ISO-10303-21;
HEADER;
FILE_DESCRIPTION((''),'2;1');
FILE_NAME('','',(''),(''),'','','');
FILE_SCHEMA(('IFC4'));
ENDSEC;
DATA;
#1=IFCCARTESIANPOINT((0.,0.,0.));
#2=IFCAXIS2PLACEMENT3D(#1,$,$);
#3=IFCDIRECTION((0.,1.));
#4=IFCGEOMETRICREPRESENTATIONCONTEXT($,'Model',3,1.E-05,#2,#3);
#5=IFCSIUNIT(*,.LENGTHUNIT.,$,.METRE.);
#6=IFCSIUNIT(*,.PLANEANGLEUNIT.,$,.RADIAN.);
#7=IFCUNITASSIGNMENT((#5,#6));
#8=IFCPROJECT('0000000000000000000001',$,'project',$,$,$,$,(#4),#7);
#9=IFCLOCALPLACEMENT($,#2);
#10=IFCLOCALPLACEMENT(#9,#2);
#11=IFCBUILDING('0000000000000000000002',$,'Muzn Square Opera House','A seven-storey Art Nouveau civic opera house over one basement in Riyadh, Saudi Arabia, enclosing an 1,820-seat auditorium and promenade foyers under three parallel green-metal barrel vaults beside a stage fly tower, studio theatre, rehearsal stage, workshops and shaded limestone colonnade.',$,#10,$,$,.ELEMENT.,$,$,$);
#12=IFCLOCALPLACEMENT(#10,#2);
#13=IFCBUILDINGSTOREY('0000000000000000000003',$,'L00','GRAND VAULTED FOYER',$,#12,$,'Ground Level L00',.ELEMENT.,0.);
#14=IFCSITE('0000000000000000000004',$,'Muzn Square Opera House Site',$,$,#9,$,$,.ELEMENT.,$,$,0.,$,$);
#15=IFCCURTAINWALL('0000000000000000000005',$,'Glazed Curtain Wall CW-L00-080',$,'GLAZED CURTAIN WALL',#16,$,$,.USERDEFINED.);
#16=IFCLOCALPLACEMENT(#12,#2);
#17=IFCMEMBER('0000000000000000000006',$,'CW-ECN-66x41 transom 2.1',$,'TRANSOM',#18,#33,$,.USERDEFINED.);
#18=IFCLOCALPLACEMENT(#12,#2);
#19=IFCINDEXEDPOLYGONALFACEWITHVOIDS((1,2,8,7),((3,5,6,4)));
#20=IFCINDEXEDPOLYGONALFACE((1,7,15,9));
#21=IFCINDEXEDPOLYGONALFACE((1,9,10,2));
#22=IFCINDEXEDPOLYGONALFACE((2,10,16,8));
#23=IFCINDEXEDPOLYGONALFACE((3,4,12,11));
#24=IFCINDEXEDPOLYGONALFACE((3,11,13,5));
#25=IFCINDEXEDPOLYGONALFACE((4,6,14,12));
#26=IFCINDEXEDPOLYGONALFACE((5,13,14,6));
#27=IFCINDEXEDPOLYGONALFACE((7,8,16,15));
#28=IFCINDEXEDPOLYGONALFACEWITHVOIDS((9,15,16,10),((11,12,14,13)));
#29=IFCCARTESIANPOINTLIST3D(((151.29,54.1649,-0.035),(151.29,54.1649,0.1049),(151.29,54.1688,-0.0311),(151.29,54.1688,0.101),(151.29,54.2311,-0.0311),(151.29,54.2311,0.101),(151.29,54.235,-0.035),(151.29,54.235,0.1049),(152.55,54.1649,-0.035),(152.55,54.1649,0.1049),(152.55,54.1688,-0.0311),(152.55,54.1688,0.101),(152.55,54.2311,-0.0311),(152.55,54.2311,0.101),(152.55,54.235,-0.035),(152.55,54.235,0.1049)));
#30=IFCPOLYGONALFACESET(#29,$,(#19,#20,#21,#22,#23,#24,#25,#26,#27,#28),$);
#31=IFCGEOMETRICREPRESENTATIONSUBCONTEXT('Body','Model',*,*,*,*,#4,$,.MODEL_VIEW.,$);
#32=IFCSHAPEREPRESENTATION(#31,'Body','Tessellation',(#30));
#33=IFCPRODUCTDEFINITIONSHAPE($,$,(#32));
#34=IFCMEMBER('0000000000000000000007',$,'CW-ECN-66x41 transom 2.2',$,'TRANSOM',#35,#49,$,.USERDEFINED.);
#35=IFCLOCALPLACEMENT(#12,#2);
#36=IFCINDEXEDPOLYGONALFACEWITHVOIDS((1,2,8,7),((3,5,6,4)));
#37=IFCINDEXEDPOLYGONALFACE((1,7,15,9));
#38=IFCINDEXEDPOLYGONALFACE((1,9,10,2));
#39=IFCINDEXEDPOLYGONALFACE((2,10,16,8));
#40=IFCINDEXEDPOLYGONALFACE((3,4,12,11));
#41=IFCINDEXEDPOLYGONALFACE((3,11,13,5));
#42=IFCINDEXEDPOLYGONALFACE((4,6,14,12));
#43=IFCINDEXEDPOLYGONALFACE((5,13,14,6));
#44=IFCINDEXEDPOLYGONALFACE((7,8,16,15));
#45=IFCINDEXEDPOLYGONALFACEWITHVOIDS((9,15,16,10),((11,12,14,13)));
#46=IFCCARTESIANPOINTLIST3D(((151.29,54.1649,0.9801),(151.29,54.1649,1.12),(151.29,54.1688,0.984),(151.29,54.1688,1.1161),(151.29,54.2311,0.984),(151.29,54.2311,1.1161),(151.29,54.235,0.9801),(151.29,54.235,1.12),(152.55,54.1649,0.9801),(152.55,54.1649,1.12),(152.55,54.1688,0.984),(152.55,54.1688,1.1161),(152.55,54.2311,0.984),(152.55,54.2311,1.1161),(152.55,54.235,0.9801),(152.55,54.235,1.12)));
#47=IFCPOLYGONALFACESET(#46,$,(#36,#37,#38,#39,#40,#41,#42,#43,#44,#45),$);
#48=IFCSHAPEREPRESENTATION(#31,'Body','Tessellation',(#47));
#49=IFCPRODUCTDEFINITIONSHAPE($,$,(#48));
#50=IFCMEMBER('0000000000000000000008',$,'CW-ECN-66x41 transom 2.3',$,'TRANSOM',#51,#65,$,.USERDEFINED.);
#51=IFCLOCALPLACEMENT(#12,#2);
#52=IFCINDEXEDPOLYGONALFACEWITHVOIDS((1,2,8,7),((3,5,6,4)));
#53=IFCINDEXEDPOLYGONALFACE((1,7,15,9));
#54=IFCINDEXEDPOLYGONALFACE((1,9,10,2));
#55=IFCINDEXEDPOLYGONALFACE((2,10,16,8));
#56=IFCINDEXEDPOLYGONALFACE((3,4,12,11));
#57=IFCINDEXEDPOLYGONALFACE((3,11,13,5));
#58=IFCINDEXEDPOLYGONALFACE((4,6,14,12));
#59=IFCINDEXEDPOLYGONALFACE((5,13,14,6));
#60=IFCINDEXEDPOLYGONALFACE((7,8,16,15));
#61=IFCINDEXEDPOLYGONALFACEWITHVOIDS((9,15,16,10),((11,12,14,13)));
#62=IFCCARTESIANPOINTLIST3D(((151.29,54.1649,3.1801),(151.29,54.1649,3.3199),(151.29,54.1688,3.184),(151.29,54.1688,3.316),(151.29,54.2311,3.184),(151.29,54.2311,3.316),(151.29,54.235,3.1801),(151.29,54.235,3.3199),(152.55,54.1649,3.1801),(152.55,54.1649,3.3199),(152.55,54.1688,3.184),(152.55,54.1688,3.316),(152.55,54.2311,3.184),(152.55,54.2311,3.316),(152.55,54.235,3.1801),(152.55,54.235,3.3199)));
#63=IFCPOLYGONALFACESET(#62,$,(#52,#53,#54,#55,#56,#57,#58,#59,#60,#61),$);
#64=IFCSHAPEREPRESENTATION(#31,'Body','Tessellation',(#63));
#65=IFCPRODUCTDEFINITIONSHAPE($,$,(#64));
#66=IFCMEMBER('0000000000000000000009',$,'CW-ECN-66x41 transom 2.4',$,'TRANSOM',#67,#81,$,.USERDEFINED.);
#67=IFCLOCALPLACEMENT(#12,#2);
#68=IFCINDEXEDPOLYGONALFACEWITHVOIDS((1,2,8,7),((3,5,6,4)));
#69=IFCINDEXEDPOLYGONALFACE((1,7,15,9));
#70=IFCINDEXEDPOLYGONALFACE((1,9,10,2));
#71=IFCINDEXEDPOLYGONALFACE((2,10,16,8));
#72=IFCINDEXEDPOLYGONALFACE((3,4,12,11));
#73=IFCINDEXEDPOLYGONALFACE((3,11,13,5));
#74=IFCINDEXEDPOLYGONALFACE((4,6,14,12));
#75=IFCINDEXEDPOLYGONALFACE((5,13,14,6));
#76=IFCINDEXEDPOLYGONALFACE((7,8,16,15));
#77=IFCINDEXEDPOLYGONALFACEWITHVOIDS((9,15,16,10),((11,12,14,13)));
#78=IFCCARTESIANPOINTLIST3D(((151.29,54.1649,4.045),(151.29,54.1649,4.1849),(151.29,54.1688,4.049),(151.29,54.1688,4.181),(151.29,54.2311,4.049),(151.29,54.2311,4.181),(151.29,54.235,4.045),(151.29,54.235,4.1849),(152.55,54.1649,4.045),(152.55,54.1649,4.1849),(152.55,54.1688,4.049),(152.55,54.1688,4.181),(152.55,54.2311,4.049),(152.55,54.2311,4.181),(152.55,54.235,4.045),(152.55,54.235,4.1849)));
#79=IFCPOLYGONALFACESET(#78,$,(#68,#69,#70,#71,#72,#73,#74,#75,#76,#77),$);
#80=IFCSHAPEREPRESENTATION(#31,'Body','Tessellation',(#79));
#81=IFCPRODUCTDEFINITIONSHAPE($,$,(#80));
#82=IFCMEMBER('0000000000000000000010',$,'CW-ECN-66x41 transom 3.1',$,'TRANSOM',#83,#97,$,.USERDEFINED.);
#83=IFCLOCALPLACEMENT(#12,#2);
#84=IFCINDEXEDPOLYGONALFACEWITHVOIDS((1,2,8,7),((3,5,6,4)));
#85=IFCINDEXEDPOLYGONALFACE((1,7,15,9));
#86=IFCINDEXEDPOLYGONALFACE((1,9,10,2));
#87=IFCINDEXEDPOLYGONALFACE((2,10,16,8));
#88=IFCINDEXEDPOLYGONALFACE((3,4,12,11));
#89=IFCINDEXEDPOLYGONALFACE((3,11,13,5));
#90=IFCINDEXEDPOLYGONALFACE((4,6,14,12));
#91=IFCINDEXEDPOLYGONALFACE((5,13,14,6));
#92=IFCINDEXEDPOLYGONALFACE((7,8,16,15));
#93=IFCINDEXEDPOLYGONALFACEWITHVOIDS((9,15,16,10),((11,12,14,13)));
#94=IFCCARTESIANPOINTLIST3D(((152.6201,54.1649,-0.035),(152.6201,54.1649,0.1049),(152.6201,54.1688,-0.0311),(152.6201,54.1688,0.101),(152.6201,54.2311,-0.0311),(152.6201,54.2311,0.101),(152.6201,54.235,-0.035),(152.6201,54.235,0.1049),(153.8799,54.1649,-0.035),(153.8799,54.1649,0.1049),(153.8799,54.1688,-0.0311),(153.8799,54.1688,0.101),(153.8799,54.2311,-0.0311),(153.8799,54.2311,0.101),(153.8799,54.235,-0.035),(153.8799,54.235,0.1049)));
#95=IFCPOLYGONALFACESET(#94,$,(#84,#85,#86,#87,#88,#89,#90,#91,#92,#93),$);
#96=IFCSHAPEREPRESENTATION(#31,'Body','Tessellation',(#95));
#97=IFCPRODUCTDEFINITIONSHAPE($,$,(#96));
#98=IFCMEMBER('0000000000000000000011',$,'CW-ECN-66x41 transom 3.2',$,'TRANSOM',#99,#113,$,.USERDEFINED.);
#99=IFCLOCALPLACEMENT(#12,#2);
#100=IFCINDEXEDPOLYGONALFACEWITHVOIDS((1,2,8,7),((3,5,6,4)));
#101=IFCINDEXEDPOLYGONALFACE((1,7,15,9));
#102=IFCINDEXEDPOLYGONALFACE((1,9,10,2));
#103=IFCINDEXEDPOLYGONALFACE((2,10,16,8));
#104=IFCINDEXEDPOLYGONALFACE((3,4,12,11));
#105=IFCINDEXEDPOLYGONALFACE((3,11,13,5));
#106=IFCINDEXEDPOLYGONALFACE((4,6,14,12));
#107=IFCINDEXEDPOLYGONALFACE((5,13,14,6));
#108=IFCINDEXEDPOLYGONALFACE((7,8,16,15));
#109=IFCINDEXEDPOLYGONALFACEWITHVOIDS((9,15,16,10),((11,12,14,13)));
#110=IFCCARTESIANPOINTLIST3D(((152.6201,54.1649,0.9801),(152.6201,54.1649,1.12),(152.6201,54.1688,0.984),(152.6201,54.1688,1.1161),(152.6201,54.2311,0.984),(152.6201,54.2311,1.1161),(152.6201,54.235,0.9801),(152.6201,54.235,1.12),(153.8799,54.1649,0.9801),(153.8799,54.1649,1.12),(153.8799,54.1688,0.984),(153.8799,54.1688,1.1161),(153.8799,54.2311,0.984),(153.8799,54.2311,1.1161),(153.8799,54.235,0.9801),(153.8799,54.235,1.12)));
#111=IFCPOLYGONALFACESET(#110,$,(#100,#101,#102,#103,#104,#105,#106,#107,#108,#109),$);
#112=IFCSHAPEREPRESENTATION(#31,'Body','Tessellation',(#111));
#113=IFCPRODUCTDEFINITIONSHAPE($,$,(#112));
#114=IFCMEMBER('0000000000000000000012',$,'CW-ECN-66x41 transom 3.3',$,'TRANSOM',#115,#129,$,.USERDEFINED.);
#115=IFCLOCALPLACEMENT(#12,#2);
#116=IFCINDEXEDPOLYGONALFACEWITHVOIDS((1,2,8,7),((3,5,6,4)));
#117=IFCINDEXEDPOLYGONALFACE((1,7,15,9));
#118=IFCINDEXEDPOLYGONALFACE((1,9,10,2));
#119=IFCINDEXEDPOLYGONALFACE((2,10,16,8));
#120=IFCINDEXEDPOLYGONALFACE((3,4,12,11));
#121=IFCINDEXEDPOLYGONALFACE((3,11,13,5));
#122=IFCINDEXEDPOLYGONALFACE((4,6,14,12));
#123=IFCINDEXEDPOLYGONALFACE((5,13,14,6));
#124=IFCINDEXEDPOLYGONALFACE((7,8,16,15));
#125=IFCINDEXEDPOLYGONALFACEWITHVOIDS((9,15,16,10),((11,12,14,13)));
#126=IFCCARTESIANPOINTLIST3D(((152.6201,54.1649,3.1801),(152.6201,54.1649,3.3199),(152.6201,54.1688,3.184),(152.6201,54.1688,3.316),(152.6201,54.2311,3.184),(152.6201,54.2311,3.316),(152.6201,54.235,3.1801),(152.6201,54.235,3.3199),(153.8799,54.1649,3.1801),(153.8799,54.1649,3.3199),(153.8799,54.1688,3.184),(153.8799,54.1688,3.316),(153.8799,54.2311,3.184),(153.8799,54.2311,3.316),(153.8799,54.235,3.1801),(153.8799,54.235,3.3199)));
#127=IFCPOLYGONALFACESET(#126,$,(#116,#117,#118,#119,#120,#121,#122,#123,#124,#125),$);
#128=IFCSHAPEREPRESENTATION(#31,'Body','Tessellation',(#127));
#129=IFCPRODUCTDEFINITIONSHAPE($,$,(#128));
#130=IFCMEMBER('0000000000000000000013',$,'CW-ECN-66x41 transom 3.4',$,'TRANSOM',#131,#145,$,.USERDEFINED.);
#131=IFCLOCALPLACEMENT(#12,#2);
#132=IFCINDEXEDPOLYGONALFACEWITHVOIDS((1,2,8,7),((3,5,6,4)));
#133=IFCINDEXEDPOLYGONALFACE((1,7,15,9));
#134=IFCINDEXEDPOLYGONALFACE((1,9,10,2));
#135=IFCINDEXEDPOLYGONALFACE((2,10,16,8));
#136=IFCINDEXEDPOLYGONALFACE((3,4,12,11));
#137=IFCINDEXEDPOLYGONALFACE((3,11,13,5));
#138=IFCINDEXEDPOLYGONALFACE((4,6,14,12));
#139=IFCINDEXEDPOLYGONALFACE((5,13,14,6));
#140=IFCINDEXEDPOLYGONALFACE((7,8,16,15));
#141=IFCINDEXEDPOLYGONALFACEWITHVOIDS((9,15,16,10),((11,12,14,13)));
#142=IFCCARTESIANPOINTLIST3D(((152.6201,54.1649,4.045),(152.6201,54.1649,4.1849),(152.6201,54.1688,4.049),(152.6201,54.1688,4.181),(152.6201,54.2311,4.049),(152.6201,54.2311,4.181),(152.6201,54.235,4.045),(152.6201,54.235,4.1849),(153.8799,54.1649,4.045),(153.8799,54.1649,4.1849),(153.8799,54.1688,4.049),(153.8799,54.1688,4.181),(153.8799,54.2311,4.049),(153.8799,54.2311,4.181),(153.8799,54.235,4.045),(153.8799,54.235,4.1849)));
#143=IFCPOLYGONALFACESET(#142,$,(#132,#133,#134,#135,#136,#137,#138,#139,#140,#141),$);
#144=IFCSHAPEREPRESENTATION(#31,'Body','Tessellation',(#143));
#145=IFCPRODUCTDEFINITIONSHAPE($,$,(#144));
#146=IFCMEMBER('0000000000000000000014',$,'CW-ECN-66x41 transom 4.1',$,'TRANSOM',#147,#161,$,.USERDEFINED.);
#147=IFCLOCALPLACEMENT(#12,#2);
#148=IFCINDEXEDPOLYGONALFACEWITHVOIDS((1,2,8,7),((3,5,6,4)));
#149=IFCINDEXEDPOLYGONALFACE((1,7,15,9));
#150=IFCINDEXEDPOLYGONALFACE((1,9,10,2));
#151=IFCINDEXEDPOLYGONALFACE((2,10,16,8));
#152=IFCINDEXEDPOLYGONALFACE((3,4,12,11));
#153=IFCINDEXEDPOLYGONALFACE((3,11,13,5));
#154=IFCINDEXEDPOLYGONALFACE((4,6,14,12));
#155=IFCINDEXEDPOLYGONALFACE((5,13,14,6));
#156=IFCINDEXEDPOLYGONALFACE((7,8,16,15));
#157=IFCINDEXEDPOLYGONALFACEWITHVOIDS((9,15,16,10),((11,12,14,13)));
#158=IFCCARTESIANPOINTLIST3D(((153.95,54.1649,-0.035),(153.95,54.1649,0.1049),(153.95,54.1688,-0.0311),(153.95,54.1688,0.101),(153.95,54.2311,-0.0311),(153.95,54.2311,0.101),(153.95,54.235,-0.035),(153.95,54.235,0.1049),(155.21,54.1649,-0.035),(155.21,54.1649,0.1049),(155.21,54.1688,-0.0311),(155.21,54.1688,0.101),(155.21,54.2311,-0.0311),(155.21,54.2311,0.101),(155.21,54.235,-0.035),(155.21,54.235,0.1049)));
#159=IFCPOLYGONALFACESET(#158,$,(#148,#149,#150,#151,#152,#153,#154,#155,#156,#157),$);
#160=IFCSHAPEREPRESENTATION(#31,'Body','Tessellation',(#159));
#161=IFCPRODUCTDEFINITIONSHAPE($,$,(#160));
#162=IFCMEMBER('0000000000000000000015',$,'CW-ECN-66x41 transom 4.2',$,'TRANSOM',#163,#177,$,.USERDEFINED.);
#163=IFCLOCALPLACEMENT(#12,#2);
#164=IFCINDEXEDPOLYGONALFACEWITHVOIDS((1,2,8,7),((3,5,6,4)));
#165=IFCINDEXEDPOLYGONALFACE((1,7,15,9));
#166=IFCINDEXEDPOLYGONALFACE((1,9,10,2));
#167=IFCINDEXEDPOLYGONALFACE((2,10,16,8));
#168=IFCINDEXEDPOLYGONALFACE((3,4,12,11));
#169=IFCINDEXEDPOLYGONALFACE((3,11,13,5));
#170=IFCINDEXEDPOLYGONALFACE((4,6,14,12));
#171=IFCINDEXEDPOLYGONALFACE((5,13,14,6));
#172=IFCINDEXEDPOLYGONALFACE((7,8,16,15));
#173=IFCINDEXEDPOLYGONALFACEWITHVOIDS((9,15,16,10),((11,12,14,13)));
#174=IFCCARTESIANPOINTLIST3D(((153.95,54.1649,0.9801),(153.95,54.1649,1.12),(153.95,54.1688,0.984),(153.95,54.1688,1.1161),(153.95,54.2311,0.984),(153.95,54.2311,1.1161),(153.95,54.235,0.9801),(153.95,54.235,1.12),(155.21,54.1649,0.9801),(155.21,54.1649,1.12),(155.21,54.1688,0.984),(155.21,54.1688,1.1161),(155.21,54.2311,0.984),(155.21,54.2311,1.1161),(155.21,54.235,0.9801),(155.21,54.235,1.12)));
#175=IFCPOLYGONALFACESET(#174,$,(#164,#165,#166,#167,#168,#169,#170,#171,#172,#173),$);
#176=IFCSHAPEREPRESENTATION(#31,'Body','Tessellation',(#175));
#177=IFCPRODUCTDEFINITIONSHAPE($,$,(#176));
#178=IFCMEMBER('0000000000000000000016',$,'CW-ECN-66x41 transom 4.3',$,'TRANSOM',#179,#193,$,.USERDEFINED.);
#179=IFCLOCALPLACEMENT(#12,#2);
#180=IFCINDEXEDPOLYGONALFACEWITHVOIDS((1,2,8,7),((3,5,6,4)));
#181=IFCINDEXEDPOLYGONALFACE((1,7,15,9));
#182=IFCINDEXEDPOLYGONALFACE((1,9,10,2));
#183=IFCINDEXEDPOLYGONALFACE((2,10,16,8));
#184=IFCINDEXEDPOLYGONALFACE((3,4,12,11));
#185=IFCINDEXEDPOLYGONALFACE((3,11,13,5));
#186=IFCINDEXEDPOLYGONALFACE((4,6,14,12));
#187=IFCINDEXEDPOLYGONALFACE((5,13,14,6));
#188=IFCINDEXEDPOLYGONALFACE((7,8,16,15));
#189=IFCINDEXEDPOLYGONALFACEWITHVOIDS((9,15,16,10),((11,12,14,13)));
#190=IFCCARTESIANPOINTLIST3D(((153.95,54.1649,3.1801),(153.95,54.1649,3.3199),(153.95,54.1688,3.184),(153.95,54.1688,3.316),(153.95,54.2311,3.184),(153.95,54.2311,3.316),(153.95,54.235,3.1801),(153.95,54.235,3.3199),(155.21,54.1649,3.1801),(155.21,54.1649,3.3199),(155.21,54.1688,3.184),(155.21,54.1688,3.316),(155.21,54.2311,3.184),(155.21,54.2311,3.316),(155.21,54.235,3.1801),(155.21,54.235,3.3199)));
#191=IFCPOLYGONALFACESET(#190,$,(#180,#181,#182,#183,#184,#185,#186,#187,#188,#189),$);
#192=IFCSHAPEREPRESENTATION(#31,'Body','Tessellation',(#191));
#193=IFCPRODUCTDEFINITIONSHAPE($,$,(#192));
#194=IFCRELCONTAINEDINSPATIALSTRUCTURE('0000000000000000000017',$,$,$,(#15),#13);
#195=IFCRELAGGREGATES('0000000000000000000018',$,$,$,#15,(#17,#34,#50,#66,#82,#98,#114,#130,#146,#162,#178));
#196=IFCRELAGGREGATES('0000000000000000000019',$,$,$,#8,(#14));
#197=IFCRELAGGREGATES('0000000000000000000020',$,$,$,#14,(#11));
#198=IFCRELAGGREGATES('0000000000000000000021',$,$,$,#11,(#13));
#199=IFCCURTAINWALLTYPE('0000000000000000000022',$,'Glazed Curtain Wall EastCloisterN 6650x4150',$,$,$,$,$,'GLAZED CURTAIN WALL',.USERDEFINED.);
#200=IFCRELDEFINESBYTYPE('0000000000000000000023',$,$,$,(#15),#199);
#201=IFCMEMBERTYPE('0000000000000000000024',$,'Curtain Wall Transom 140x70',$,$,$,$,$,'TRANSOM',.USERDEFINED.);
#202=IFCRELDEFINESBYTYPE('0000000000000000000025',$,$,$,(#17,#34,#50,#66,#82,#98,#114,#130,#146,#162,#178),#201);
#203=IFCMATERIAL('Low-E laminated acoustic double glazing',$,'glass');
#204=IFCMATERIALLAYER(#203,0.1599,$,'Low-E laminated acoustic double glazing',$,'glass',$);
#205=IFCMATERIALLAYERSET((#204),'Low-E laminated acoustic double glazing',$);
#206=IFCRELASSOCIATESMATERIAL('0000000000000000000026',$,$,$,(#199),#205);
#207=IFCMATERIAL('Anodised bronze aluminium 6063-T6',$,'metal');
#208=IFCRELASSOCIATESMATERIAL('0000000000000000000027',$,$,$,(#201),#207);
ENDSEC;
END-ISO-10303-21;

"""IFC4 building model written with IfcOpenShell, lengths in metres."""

from ifc_helpers import new_model, si_unit, direction, frame, origin, origin_2d, place, context, subcontext, project, spatial, hollow_rectangle, extrude, material, layer, layer_set, material_profile, profile_set, type_object, element, aggregate, save


model = new_model("IFC4")

# Units and contexts
model_context = context("Model", 3, precision=1e-05, world=origin(), true_north=direction((0.0, 1.0)))
body_context = subcontext(model_context, "Body", "Model", "MODEL_VIEW")
ifc_project = project(units=[si_unit("LENGTHUNIT", "METRE"), si_unit("PLANEANGLEUNIT", "RADIAN")], contexts=[model_context])

# Site, building, storey
site_placement = place(None, origin())
site = spatial("IfcSite", under=ifc_project, at=site_placement, Name="Muzn Square Opera House Site", CompositionType="ELEMENT", RefElevation=0.0)
building_placement = place(site_placement, origin())
building = spatial("IfcBuilding", under=site, at=building_placement, Name="Muzn Square Opera House", Description="A seven-storey Art Nouveau civic opera house over one basement in Riyadh, Saudi Arabia, enclosing an 1,820-seat auditorium and promenade foyers under three parallel green-metal barrel vaults beside a stage fly tower, studio theatre, rehearsal stage, workshops and shaded limestone colonnade.", CompositionType="ELEMENT")
storey_placement = place(building_placement, origin())
storey = spatial("IfcBuildingStorey", under=building, at=storey_placement, Name="L00", Description="GRAND VAULTED FOYER", LongName="Ground Level L00", CompositionType="ELEMENT", Elevation=0.0)

# Shared definitions
ifc_material_1 = material(Name="Low-E laminated acoustic double glazing", Category="glass")
ifc_material_2 = material(Name="Anodised bronze aluminium 6063-T6", Category="metal")

# Curtain wall, members
ifc_layer_1 = layer(ifc_material_1, 0.1599, Name="Low-E laminated acoustic double glazing", Category="glass")
ifc_layer_set_1 = layer_set([ifc_layer_1], Name="Low-E laminated acoustic double glazing")
curtain_wall_type_1 = type_object("IfcCurtainWallType", Name="Glazed Curtain Wall EastCloisterN 6650x4150", ElementType="GLAZED CURTAIN WALL", PredefinedType="USERDEFINED", material=ifc_layer_set_1)
curtain_wall_1_placement = place(storey_placement, origin())
curtain_wall_1 = element("IfcCurtainWall", 1, at=curtain_wall_1_placement, inside=storey, type_object=curtain_wall_type_1, Name="Glazed Curtain Wall CW-L00-080", ObjectType="GLAZED CURTAIN WALL", PredefinedType="USERDEFINED")
ifc_material_profile_1 = material_profile(ifc_material_2, hollow_rectangle(XDim=0.0701, YDim=0.1399, WallThickness=0.0039, at=origin_2d()), Name="ALU 140x70x4", Category="metal")
ifc_profile_set_1 = profile_set([ifc_material_profile_1], Name="Anodised bronze aluminium 6063-T6")
member_type_1 = type_object("IfcMemberType", Name="Curtain Wall Transom 140x70", ElementType="TRANSOM", PredefinedType="USERDEFINED", material=ifc_profile_set_1)
member_1_placement = place(storey_placement, frame((151.29, 54.2, 0.0349), z_axis=(1.0, 0.0, 0.0), x_axis=(0.0, 1.0, 0.0)))
member_1 = element("IfcMember", 2, at=member_1_placement, type_object=member_type_1, Name="CW-ECN-66x41 transom 2.1", ObjectType="TRANSOM", PredefinedType="USERDEFINED", context=body_context, shape_type="SweptSolid", body=[
    extrude(hollow_rectangle(XDim=0.0701, YDim=0.1399, WallThickness=0.0039, at=origin_2d()), origin(), (0.0, 0.0, 1.0), 1.26),
])
member_2_placement = place(storey_placement, frame((151.29, 54.2, 1.05), z_axis=(1.0, 0.0, 0.0), x_axis=(0.0, 1.0, 0.0)))
member_2 = element("IfcMember", 3, at=member_2_placement, type_object=member_type_1, Name="CW-ECN-66x41 transom 2.2", ObjectType="TRANSOM", PredefinedType="USERDEFINED", context=body_context, shape_type="SweptSolid", body=[
    extrude(hollow_rectangle(XDim=0.0701, YDim=0.1399, WallThickness=0.0039, at=origin_2d()), origin(), (0.0, 0.0, 1.0), 1.26),
])
member_3_placement = place(storey_placement, frame((151.29, 54.2, 3.25), z_axis=(1.0, 0.0, 0.0), x_axis=(0.0, 1.0, 0.0)))
member_3 = element("IfcMember", 4, at=member_3_placement, type_object=member_type_1, Name="CW-ECN-66x41 transom 2.3", ObjectType="TRANSOM", PredefinedType="USERDEFINED", context=body_context, shape_type="SweptSolid", body=[
    extrude(hollow_rectangle(XDim=0.0701, YDim=0.1399, WallThickness=0.0039, at=origin_2d()), origin(), (0.0, 0.0, 1.0), 1.26),
])
member_4_placement = place(storey_placement, frame((151.29, 54.2, 4.115), z_axis=(1.0, 0.0, 0.0), x_axis=(0.0, 1.0, 0.0)))
member_4 = element("IfcMember", 5, at=member_4_placement, type_object=member_type_1, Name="CW-ECN-66x41 transom 2.4", ObjectType="TRANSOM", PredefinedType="USERDEFINED", context=body_context, shape_type="SweptSolid", body=[
    extrude(hollow_rectangle(XDim=0.0701, YDim=0.1399, WallThickness=0.0039, at=origin_2d()), origin(), (0.0, 0.0, 1.0), 1.26),
])
member_5_placement = place(storey_placement, frame((152.6201, 54.2, 0.0349), z_axis=(1.0, 0.0, 0.0), x_axis=(0.0, 1.0, 0.0)))
member_5 = element("IfcMember", 6, at=member_5_placement, type_object=member_type_1, Name="CW-ECN-66x41 transom 3.1", ObjectType="TRANSOM", PredefinedType="USERDEFINED", context=body_context, shape_type="SweptSolid", body=[
    extrude(hollow_rectangle(XDim=0.0701, YDim=0.1399, WallThickness=0.0039, at=origin_2d()), origin(), (0.0, 0.0, 1.0), 1.2598),
])
member_6_placement = place(storey_placement, frame((152.6201, 54.2, 1.05), z_axis=(1.0, 0.0, 0.0), x_axis=(0.0, 1.0, 0.0)))
member_6 = element("IfcMember", 7, at=member_6_placement, type_object=member_type_1, Name="CW-ECN-66x41 transom 3.2", ObjectType="TRANSOM", PredefinedType="USERDEFINED", context=body_context, shape_type="SweptSolid", body=[
    extrude(hollow_rectangle(XDim=0.0701, YDim=0.1399, WallThickness=0.0039, at=origin_2d()), origin(), (0.0, 0.0, 1.0), 1.2598),
])
member_7_placement = place(storey_placement, frame((152.6201, 54.2, 3.25), z_axis=(1.0, 0.0, 0.0), x_axis=(0.0, 1.0, 0.0)))
member_7 = element("IfcMember", 8, at=member_7_placement, type_object=member_type_1, Name="CW-ECN-66x41 transom 3.3", ObjectType="TRANSOM", PredefinedType="USERDEFINED", context=body_context, shape_type="SweptSolid", body=[
    extrude(hollow_rectangle(XDim=0.0701, YDim=0.1399, WallThickness=0.0039, at=origin_2d()), origin(), (0.0, 0.0, 1.0), 1.2598),
])
member_8_placement = place(storey_placement, frame((152.6201, 54.2, 4.115), z_axis=(1.0, 0.0, 0.0), x_axis=(0.0, 1.0, 0.0)))
member_8 = element("IfcMember", 9, at=member_8_placement, type_object=member_type_1, Name="CW-ECN-66x41 transom 3.4", ObjectType="TRANSOM", PredefinedType="USERDEFINED", context=body_context, shape_type="SweptSolid", body=[
    extrude(hollow_rectangle(XDim=0.0701, YDim=0.1399, WallThickness=0.0039, at=origin_2d()), origin(), (0.0, 0.0, 1.0), 1.2598),
])
member_9_placement = place(storey_placement, frame((153.95, 54.2, 0.0349), z_axis=(1.0, 0.0, 0.0), x_axis=(0.0, 1.0, 0.0)))
member_9 = element("IfcMember", 10, at=member_9_placement, type_object=member_type_1, Name="CW-ECN-66x41 transom 4.1", ObjectType="TRANSOM", PredefinedType="USERDEFINED", context=body_context, shape_type="SweptSolid", body=[
    extrude(hollow_rectangle(XDim=0.0701, YDim=0.1399, WallThickness=0.0039, at=origin_2d()), origin(), (0.0, 0.0, 1.0), 1.26),
])
member_10_placement = place(storey_placement, frame((153.95, 54.2, 1.05), z_axis=(1.0, 0.0, 0.0), x_axis=(0.0, 1.0, 0.0)))
member_10 = element("IfcMember", 11, at=member_10_placement, type_object=member_type_1, Name="CW-ECN-66x41 transom 4.2", ObjectType="TRANSOM", PredefinedType="USERDEFINED", context=body_context, shape_type="SweptSolid", body=[
    extrude(hollow_rectangle(XDim=0.0701, YDim=0.1399, WallThickness=0.0039, at=origin_2d()), origin(), (0.0, 0.0, 1.0), 1.26),
])
member_11_placement = place(storey_placement, frame((153.95, 54.2, 3.25), z_axis=(1.0, 0.0, 0.0), x_axis=(0.0, 1.0, 0.0)))
member_11 = element("IfcMember", 12, at=member_11_placement, type_object=member_type_1, Name="CW-ECN-66x41 transom 4.3", ObjectType="TRANSOM", PredefinedType="USERDEFINED", context=body_context, shape_type="SweptSolid", body=[
    extrude(hollow_rectangle(XDim=0.0701, YDim=0.1399, WallThickness=0.0039, at=origin_2d()), origin(), (0.0, 0.0, 1.0), 1.26),
])

aggregate(curtain_wall_1, [member_1, member_2, member_3, member_4, member_5, member_6, member_7, member_8, member_9, member_10, member_11])

save(model, "model.ifc")
